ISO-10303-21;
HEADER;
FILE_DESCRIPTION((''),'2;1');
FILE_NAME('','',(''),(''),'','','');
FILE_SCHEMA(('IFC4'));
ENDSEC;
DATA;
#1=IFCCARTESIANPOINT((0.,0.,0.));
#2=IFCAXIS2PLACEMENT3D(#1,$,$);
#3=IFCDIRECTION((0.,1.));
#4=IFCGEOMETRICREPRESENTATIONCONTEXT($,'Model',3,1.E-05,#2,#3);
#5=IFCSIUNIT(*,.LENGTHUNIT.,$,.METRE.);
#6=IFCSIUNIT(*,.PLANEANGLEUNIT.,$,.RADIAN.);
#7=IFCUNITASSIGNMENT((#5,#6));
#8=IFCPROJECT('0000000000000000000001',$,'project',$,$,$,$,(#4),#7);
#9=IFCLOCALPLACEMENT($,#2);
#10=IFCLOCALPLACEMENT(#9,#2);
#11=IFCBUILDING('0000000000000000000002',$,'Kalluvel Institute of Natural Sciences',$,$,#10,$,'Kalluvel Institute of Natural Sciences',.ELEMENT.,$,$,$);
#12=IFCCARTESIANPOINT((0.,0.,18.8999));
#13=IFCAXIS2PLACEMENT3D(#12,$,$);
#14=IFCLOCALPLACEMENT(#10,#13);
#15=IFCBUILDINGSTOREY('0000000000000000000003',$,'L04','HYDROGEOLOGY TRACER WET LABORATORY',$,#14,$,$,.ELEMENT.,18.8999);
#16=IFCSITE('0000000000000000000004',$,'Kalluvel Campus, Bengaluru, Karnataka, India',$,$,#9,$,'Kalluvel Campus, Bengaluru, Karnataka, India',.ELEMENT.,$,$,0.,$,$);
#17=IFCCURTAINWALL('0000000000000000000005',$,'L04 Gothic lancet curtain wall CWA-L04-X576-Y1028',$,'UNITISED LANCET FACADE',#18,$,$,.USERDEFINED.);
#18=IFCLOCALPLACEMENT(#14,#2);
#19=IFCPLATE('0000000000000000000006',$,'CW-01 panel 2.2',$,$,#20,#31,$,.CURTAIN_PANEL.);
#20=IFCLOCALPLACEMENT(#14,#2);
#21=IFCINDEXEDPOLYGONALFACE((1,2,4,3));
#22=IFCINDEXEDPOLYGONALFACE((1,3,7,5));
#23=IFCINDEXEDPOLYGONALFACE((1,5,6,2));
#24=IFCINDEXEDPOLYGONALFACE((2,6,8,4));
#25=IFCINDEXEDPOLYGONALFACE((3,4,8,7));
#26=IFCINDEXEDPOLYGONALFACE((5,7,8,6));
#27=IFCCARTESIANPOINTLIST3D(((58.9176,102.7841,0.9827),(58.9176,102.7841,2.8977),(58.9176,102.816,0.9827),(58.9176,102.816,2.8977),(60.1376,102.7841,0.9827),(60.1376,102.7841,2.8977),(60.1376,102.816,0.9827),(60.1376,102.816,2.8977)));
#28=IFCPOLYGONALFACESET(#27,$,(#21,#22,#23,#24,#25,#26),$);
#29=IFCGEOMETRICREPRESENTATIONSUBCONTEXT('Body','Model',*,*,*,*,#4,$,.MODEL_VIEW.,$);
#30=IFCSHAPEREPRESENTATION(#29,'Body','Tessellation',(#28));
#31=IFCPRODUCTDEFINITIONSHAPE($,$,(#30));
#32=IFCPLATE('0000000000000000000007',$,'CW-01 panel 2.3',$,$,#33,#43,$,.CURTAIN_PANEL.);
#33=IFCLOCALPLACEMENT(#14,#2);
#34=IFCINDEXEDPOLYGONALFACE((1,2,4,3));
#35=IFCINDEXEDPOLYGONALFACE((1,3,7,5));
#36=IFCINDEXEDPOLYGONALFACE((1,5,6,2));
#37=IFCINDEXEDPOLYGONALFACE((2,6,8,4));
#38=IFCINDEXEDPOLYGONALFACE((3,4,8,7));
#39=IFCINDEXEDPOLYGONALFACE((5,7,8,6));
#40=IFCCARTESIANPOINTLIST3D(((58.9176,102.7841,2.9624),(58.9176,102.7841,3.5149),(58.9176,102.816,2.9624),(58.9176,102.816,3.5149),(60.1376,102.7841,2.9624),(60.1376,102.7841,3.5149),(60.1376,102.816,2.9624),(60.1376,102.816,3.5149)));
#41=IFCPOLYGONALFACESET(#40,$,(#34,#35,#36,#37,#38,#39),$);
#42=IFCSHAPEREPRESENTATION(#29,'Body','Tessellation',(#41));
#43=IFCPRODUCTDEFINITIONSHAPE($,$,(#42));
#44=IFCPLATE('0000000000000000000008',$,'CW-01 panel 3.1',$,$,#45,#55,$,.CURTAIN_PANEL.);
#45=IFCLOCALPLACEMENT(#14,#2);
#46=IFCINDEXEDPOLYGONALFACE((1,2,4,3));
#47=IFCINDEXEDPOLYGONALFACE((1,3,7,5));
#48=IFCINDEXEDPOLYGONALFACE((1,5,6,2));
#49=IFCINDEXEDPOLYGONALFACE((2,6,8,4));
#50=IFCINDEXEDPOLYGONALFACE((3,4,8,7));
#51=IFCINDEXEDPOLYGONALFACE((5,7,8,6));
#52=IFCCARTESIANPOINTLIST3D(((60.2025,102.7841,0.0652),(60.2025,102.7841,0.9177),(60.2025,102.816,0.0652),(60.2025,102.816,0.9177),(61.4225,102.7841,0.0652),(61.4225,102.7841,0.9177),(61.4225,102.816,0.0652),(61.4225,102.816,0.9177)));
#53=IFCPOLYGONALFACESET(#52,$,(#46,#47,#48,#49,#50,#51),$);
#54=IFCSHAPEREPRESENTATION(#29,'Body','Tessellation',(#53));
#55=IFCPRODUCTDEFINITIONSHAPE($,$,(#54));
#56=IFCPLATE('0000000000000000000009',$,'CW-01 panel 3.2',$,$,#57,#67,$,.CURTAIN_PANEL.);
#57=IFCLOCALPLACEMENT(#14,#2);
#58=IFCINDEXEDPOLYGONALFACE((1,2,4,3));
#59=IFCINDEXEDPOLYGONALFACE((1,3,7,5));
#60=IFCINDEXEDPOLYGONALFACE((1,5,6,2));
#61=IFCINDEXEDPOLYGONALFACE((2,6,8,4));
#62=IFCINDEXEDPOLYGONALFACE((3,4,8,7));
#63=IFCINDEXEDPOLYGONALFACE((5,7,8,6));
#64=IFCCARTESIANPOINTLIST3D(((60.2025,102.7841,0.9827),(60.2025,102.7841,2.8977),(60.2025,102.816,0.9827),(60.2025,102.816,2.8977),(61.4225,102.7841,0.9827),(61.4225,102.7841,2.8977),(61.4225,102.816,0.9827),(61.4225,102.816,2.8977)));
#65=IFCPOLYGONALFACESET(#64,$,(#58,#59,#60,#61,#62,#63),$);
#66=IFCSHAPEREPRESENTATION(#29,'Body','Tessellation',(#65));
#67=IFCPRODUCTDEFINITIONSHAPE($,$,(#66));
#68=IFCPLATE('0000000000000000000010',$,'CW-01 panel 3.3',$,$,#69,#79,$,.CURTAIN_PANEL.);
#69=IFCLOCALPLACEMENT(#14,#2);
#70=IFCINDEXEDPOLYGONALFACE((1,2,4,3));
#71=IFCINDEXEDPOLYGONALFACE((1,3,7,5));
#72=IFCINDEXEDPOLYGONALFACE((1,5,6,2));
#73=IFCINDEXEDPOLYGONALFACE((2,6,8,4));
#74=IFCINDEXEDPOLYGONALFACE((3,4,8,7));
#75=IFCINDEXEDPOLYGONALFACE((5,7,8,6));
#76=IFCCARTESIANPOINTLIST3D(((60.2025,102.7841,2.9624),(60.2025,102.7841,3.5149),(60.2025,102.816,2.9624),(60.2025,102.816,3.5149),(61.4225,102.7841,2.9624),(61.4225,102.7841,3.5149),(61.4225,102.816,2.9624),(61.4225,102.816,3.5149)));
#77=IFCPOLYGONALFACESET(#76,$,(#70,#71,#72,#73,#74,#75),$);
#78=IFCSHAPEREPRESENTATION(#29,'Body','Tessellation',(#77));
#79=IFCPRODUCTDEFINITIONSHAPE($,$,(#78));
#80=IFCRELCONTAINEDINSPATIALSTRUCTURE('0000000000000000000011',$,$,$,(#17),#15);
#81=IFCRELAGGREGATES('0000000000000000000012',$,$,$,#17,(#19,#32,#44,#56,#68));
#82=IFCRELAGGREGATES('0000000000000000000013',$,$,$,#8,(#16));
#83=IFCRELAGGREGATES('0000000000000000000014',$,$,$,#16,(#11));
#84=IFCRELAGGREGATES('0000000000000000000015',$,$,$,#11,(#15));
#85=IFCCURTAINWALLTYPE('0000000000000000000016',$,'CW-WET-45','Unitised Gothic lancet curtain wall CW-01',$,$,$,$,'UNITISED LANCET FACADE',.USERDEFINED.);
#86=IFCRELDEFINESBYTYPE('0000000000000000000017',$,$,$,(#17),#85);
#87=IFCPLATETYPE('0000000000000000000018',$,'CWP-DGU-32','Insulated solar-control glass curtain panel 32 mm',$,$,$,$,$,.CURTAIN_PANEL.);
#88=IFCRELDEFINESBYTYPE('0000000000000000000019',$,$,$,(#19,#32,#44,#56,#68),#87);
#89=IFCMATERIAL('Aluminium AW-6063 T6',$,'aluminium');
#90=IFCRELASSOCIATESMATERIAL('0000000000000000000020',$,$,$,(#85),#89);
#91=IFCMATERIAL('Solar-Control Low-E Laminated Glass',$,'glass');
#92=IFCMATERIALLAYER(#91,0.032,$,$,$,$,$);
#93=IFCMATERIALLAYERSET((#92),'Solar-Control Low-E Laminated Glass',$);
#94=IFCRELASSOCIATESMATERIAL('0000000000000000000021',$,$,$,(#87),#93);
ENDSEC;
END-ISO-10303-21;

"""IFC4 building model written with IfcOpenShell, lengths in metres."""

from ifc_helpers import new_model, si_unit, direction, frame, origin, origin_2d, place, context, subcontext, project, spatial, rectangle, extrude, material, layer, layer_set, type_object, element, aggregate, save


model = new_model("IFC4")

# Units and contexts
model_context = context("Model", 3, precision=1e-05, world=origin(), true_north=direction((0.0, 1.0)))
body_context = subcontext(model_context, "Body", "Model", "MODEL_VIEW")
ifc_project = project(units=[si_unit("LENGTHUNIT", "METRE"), si_unit("PLANEANGLEUNIT", "RADIAN")], contexts=[model_context])

# Site, building, storey
site_placement = place(None, origin())
site = spatial("IfcSite", under=ifc_project, at=site_placement, Name="Kalluvel Campus, Bengaluru, Karnataka, India", LongName="Kalluvel Campus, Bengaluru, Karnataka, India", CompositionType="ELEMENT", RefElevation=0.0)
building_placement = place(site_placement, origin())
building = spatial("IfcBuilding", under=site, at=building_placement, Name="Kalluvel Institute of Natural Sciences", LongName="Kalluvel Institute of Natural Sciences", CompositionType="ELEMENT")
storey_placement = place(building_placement, frame((0.0, 0.0, 18.8999)))
storey = spatial("IfcBuildingStorey", under=building, at=storey_placement, Name="L04", Description="HYDROGEOLOGY TRACER WET LABORATORY", CompositionType="ELEMENT", Elevation=18.8999)

# Curtain wall, plates
ifc_material_1 = material(Name="Aluminium AW-6063 T6", Category="aluminium")
curtain_wall_type = type_object("IfcCurtainWallType", Name="CW-WET-45", Description="Unitised Gothic lancet curtain wall CW-01", ElementType="UNITISED LANCET FACADE", PredefinedType="USERDEFINED", material=ifc_material_1)
curtain_wall_placement = place(storey_placement, origin())
curtain_wall = element("IfcCurtainWall", 1, at=curtain_wall_placement, inside=storey, type_object=curtain_wall_type, Name="L04 Gothic lancet curtain wall CWA-L04-X576-Y1028", ObjectType="UNITISED LANCET FACADE", PredefinedType="USERDEFINED")
ifc_material_2 = material(Name="Solar-Control Low-E Laminated Glass", Category="glass")
ifc_layer = layer(ifc_material_2, 0.032)
ifc_layer_set = layer_set([ifc_layer], Name="Solar-Control Low-E Laminated Glass")
plate_type = type_object("IfcPlateType", Name="CWP-DGU-32", Description="Insulated solar-control glass curtain panel 32 mm", PredefinedType="CURTAIN_PANEL", material=ifc_layer_set)
plate_1_placement = place(storey_placement, frame((59.5276, 102.8, 0.9827), z_axis=(0.0, 0.0, 1.0), x_axis=(1.0, 0.0, 0.0)))
plate_1 = element("IfcPlate", 2, at=plate_1_placement, type_object=plate_type, Name="CW-01 panel 2.2", PredefinedType="CURTAIN_PANEL", context=body_context, shape_type="SweptSolid", body=[
    extrude(rectangle(XDim=1.22, YDim=0.032, at=origin_2d()), origin(), (0.0, 0.0, 1.0), 1.915),
])
plate_2_placement = place(storey_placement, frame((59.5276, 102.8, 2.9624), z_axis=(0.0, 0.0, 1.0), x_axis=(1.0, 0.0, 0.0)))
plate_2 = element("IfcPlate", 3, at=plate_2_placement, type_object=plate_type, Name="CW-01 panel 2.3", PredefinedType="CURTAIN_PANEL", context=body_context, shape_type="SweptSolid", body=[
    extrude(rectangle(XDim=1.22, YDim=0.032, at=origin_2d()), origin(), (0.0, 0.0, 1.0), 0.5525),
])
plate_3_placement = place(storey_placement, frame((60.8125, 102.8, 0.0652), z_axis=(0.0, 0.0, 1.0), x_axis=(1.0, 0.0, 0.0)))
plate_3 = element("IfcPlate", 4, at=plate_3_placement, type_object=plate_type, Name="CW-01 panel 3.1", PredefinedType="CURTAIN_PANEL", context=body_context, shape_type="SweptSolid", body=[
    extrude(rectangle(XDim=1.22, YDim=0.032, at=origin_2d()), origin(), (0.0, 0.0, 1.0), 0.8525),
])
plate_4_placement = place(storey_placement, frame((60.8125, 102.8, 0.9827), z_axis=(0.0, 0.0, 1.0), x_axis=(1.0, 0.0, 0.0)))
plate_4 = element("IfcPlate", 5, at=plate_4_placement, type_object=plate_type, Name="CW-01 panel 3.2", PredefinedType="CURTAIN_PANEL", context=body_context, shape_type="SweptSolid", body=[
    extrude(rectangle(XDim=1.22, YDim=0.032, at=origin_2d()), origin(), (0.0, 0.0, 1.0), 1.915),
])
plate_5_placement = place(storey_placement, frame((60.8125, 102.8, 2.9624), z_axis=(0.0, 0.0, 1.0), x_axis=(1.0, 0.0, 0.0)))
plate_5 = element("IfcPlate", 6, at=plate_5_placement, type_object=plate_type, Name="CW-01 panel 3.3", PredefinedType="CURTAIN_PANEL", context=body_context, shape_type="SweptSolid", body=[
    extrude(rectangle(XDim=1.22, YDim=0.032, at=origin_2d()), origin(), (0.0, 0.0, 1.0), 0.5525),
])
aggregate(curtain_wall, [plate_1, plate_2, plate_3, plate_4, plate_5])

save(model, "model.ifc")
